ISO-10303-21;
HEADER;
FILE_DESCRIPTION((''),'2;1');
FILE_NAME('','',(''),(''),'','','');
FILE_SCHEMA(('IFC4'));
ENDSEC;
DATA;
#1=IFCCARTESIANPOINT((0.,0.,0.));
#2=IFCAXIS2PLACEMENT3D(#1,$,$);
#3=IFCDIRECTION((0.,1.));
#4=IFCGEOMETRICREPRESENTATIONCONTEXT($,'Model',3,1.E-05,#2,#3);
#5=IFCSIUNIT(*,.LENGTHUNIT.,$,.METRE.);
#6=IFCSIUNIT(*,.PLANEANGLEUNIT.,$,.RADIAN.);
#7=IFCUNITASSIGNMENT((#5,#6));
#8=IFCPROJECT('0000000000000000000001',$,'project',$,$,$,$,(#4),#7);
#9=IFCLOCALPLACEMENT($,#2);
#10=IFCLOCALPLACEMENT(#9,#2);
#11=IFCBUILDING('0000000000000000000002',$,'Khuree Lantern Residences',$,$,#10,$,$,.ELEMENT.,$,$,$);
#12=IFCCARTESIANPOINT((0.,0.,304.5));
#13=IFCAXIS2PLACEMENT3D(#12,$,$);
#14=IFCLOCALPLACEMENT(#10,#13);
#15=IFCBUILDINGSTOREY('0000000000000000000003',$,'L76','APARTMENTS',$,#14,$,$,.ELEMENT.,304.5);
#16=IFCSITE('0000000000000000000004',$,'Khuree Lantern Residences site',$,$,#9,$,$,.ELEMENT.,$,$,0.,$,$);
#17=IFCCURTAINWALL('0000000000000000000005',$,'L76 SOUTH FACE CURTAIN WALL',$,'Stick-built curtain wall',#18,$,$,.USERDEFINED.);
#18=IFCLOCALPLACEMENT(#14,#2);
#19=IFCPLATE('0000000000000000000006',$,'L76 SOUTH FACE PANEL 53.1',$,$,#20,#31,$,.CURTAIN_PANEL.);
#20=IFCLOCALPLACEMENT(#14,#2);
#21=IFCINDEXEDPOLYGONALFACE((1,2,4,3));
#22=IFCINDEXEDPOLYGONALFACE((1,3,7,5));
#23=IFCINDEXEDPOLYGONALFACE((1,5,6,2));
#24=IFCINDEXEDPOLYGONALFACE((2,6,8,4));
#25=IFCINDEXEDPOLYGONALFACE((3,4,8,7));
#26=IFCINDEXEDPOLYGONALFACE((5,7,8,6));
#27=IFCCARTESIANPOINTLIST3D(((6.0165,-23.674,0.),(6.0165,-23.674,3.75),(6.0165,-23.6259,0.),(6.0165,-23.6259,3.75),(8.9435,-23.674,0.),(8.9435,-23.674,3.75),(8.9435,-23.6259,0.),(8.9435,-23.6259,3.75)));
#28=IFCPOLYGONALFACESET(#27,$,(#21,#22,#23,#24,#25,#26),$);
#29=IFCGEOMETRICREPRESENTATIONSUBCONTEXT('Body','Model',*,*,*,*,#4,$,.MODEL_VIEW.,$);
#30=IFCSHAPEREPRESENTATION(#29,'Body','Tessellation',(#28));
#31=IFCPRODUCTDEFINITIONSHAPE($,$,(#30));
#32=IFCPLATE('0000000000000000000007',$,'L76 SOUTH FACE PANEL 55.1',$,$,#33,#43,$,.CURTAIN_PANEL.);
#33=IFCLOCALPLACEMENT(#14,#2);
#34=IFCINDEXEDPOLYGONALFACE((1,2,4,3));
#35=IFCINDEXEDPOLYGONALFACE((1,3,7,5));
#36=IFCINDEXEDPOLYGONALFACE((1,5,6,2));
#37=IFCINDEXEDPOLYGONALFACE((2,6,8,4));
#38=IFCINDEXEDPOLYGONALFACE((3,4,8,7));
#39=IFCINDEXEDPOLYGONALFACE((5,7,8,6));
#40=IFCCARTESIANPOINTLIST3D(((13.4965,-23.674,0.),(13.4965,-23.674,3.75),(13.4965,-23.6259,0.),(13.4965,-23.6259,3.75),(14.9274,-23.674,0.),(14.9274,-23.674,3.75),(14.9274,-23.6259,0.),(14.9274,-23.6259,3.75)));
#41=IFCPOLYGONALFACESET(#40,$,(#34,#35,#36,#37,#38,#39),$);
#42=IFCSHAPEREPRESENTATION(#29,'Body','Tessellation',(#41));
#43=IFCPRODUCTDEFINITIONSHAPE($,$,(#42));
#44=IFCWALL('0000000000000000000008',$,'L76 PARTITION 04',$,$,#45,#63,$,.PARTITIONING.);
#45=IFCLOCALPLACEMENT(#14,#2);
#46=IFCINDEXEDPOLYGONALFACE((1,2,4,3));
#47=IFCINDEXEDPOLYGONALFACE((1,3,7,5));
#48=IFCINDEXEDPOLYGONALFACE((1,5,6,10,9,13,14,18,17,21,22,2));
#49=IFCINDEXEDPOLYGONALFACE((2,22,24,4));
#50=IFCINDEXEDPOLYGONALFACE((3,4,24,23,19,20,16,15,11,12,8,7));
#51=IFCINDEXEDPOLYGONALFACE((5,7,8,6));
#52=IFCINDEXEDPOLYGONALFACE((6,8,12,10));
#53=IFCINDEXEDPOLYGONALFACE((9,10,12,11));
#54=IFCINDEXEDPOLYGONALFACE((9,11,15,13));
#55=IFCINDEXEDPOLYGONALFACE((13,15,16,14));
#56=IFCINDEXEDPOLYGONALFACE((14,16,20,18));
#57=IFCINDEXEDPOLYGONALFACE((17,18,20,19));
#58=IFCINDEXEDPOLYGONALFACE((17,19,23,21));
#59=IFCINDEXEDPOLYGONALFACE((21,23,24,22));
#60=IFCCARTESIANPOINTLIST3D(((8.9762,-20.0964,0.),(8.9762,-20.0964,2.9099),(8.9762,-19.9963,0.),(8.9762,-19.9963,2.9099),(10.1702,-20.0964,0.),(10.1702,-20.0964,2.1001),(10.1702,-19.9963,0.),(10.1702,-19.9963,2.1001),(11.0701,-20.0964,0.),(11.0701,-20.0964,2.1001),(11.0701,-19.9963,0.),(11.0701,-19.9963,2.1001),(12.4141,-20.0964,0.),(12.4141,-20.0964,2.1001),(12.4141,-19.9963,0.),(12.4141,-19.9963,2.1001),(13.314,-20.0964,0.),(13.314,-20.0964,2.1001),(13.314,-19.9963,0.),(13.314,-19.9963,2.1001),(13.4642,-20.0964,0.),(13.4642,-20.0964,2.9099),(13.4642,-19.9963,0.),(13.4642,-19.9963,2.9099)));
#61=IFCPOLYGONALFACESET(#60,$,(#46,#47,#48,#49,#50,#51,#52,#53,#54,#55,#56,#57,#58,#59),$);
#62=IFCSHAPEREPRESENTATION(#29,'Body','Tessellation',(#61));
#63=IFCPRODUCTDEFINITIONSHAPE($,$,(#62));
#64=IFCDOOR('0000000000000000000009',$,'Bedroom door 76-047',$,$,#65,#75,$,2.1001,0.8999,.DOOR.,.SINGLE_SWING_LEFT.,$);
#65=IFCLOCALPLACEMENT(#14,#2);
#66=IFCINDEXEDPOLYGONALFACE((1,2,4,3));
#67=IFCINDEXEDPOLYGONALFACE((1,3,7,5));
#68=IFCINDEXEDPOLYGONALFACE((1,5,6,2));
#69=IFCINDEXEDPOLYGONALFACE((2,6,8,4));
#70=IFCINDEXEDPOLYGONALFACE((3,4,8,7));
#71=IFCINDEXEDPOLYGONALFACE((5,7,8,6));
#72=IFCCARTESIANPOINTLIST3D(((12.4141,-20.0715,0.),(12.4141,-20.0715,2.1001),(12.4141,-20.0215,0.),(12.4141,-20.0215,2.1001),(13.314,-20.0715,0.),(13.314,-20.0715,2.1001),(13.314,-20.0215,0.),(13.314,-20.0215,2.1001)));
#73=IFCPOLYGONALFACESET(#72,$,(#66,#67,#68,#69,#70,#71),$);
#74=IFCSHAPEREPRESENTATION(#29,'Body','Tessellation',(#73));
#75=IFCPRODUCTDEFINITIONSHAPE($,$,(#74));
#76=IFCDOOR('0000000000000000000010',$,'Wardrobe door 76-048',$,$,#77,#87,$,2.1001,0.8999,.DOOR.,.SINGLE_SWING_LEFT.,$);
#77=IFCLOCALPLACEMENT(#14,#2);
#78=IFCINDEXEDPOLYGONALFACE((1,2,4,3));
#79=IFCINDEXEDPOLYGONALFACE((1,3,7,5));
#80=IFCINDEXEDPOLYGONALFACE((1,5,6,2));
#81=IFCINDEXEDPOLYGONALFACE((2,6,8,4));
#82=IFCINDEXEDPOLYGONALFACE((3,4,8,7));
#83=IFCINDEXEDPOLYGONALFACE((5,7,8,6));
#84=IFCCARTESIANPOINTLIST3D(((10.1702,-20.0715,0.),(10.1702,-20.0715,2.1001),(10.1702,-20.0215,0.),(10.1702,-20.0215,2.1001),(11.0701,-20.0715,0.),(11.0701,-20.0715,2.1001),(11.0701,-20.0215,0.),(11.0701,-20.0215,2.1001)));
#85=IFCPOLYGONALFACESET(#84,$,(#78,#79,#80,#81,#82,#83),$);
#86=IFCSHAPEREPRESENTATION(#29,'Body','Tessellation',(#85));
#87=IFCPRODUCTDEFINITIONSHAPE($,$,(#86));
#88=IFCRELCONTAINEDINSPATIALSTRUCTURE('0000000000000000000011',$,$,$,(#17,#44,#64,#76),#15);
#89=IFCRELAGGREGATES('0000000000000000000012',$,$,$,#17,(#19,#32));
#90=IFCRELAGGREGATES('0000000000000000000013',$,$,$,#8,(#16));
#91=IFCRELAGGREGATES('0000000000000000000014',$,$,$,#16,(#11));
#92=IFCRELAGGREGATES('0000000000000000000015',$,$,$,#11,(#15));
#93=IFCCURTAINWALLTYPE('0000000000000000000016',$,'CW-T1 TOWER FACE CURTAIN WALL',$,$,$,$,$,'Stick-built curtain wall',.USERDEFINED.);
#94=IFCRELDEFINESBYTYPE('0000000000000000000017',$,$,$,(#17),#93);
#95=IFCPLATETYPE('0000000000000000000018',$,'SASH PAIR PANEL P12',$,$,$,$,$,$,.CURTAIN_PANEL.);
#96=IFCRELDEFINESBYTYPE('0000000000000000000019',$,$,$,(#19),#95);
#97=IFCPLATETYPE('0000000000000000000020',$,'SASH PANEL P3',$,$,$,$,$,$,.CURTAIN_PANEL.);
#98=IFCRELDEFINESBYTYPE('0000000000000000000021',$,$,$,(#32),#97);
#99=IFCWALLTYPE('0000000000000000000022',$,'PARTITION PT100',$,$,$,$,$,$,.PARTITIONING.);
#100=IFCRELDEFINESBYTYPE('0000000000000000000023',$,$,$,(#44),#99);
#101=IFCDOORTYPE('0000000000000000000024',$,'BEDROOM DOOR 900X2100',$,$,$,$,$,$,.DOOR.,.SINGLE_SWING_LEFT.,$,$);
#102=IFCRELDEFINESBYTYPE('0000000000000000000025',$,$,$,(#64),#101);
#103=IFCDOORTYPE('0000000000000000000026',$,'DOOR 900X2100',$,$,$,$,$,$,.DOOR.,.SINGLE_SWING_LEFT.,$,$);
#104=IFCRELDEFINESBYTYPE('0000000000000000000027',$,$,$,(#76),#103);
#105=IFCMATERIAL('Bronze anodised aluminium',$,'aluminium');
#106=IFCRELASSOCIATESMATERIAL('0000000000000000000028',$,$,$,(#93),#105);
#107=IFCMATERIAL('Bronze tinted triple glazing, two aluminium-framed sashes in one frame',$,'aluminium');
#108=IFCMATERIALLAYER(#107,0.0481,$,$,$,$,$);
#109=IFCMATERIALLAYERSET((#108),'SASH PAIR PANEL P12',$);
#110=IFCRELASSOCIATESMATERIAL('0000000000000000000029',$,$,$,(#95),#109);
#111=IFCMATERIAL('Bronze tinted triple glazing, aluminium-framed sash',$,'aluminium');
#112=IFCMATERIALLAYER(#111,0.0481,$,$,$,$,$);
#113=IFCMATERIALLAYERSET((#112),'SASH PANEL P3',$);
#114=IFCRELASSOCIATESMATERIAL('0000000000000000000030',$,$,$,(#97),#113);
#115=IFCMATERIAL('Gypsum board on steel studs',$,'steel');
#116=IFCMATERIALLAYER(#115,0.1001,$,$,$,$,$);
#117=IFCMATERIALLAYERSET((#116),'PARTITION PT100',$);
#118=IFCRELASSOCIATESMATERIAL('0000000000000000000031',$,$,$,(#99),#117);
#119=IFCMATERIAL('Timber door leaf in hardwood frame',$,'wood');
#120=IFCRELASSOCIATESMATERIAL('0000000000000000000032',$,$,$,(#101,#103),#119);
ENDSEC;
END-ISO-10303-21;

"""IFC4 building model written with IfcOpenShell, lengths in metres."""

from ifc_helpers import new_model, si_unit, direction, frame, frame_2d, origin, origin_2d, place, context, subcontext, project, spatial, rectangle, extrude, material, layer, layer_set, type_object, element, fill, aggregate, save


model = new_model("IFC4")

# Units and contexts
model_context = context("Model", 3, precision=1e-05, world=origin(), true_north=direction((0.0, 1.0)))
body_context = subcontext(model_context, "Body", "Model", "MODEL_VIEW")
ifc_project = project(units=[si_unit("LENGTHUNIT", "METRE"), si_unit("PLANEANGLEUNIT", "RADIAN")], contexts=[model_context])

# Site, building, storey
site_placement = place(None, origin())
site = spatial("IfcSite", under=ifc_project, at=site_placement, Name="Khuree Lantern Residences site", CompositionType="ELEMENT", RefElevation=0.0)
building_placement = place(site_placement, origin())
building = spatial("IfcBuilding", under=site, at=building_placement, Name="Khuree Lantern Residences", CompositionType="ELEMENT")
storey_placement = place(building_placement, frame((0.0, 0.0, 304.5)))
storey = spatial("IfcBuildingStorey", under=building, at=storey_placement, Name="L76", Description="APARTMENTS", CompositionType="ELEMENT", Elevation=304.5)

# Curtain wall
ifc_material_1 = material(Name="Bronze anodised aluminium", Category="aluminium")
curtain_wall_type = type_object("IfcCurtainWallType", Name="CW-T1 TOWER FACE CURTAIN WALL", ElementType="Stick-built curtain wall", PredefinedType="USERDEFINED", material=ifc_material_1)
curtain_wall_placement = place(storey_placement, origin())
curtain_wall = element("IfcCurtainWall", 1, at=curtain_wall_placement, inside=storey, type_object=curtain_wall_type, Name="L76 SOUTH FACE CURTAIN WALL", ObjectType="Stick-built curtain wall", PredefinedType="USERDEFINED")

# Plates
ifc_material_2 = material(Name="Bronze tinted triple glazing, two aluminium-framed sashes in one frame", Category="aluminium")
ifc_layer_1 = layer(ifc_material_2, 0.0481)
ifc_layer_set_1 = layer_set([ifc_layer_1], Name="SASH PAIR PANEL P12")
plate_type_1 = type_object("IfcPlateType", Name="SASH PAIR PANEL P12", PredefinedType="CURTAIN_PANEL", material=ifc_layer_set_1)
plate_1_placement = place(storey_placement, frame((7.48, -23.6499, 0.0), z_axis=(0.0, 0.0, 1.0), x_axis=(1.0, 0.0, 0.0)))
plate_1 = element("IfcPlate", 2, at=plate_1_placement, type_object=plate_type_1, Name="L76 SOUTH FACE PANEL 53.1", PredefinedType="CURTAIN_PANEL", context=body_context, shape_type="SweptSolid", body=[
    extrude(rectangle(XDim=2.927, YDim=0.0481, at=origin_2d()), origin(), (0.0, 0.0, 1.0), 3.75),
])
ifc_material_3 = material(Name="Bronze tinted triple glazing, aluminium-framed sash", Category="aluminium")
ifc_layer_2 = layer(ifc_material_3, 0.0481)
ifc_layer_set_2 = layer_set([ifc_layer_2], Name="SASH PANEL P3")
plate_type_2 = type_object("IfcPlateType", Name="SASH PANEL P3", PredefinedType="CURTAIN_PANEL", material=ifc_layer_set_2)
plate_2_placement = place(storey_placement, frame((14.2119, -23.6499, 0.0), z_axis=(0.0, 0.0, 1.0), x_axis=(1.0, 0.0, 0.0)))
plate_2 = element("IfcPlate", 3, at=plate_2_placement, type_object=plate_type_2, Name="L76 SOUTH FACE PANEL 55.1", PredefinedType="CURTAIN_PANEL", context=body_context, shape_type="SweptSolid", body=[
    extrude(rectangle(XDim=1.4309, YDim=0.0481, at=origin_2d()), origin(), (0.0, 0.0, 1.0), 3.75),
])
aggregate(curtain_wall, [plate_1, plate_2])

# Wall, openings, doors
ifc_material_4 = material(Name="Gypsum board on steel studs", Category="steel")
ifc_layer_3 = layer(ifc_material_4, 0.1001)
ifc_layer_set_3 = layer_set([ifc_layer_3], Name="PARTITION PT100")
wall_type = type_object("IfcWallType", Name="PARTITION PT100", PredefinedType="PARTITIONING", material=ifc_layer_set_3)
wall_placement = place(storey_placement, frame((8.9761, -20.0464, 0.0), z_axis=(0.0, 0.0, 1.0), x_axis=(1.0, 0.0, 0.0)))
wall = element("IfcWall", 4, at=wall_placement, inside=storey, type_object=wall_type, Name="L76 PARTITION 04", PredefinedType="PARTITIONING", context=body_context, shape_type="SweptSolid", body=[
    extrude(rectangle(XDim=4.488, YDim=0.1001, at=frame_2d((2.2441, 0.0))), origin(), (0.0, 0.0, 1.0), 2.9099),
])
opening_1_placement = place(wall_placement, frame((3.438, 0.0, 0.0)))
opening_1 = element("IfcOpeningElement", 5, at=opening_1_placement, cuts=wall, PredefinedType="OPENING", context=body_context, shape_type="SweptSolid", body=[
    extrude(rectangle(XDim=0.8999, YDim=2.1001, at=frame_2d((0.45, 1.05))), frame((0.0, 0.0601, 0.0), z_axis=(0.0, -1.0, 0.0), x_axis=(1.0, 0.0, 0.0)), (0.0, 0.0, 1.0), 0.1201),
])
opening_2_placement = place(wall_placement, frame((1.1941, 0.0, 0.0)))
opening_2 = element("IfcOpeningElement", 6, at=opening_2_placement, cuts=wall, PredefinedType="OPENING", context=body_context, shape_type="SweptSolid", body=[
    extrude(rectangle(XDim=0.8999, YDim=2.1001, at=frame_2d((0.45, 1.05))), frame((0.0, 0.0601, 0.0), z_axis=(0.0, -1.0, 0.0), x_axis=(1.0, 0.0, 0.0)), (0.0, 0.0, 1.0), 0.1201),
])
ifc_material_5 = material(Name="Timber door leaf in hardwood frame", Category="wood")
door_type_1 = type_object("IfcDoorType", Name="BEDROOM DOOR 900X2100", OperationType="SINGLE_SWING_LEFT", PredefinedType="DOOR", material=ifc_material_5)
door_1_placement = place(opening_1_placement, origin())
door_1 = element("IfcDoor", 7, at=door_1_placement, inside=storey, type_object=door_type_1, Name="Bedroom door 76-047", OperationType="SINGLE_SWING_LEFT", OverallHeight=2.1001, OverallWidth=0.8999, PredefinedType="DOOR", context=body_context, shape_type="SweptSolid", body=[
    extrude(rectangle(XDim=0.8999, YDim=2.1001, at=frame_2d((0.45, 1.05))), frame((0.0, 0.0249, 0.0), z_axis=(0.0, -1.0, 0.0), x_axis=(1.0, 0.0, 0.0)), (0.0, 0.0, 1.0), 0.05),
])
fill(opening_1, door_1)
door_type_2 = type_object("IfcDoorType", Name="DOOR 900X2100", OperationType="SINGLE_SWING_LEFT", PredefinedType="DOOR", material=ifc_material_5)
door_2_placement = place(opening_2_placement, origin())
door_2 = element("IfcDoor", 8, at=door_2_placement, inside=storey, type_object=door_type_2, Name="Wardrobe door 76-048", OperationType="SINGLE_SWING_LEFT", OverallHeight=2.1001, OverallWidth=0.8999, PredefinedType="DOOR", context=body_context, shape_type="SweptSolid", body=[
    extrude(rectangle(XDim=0.8999, YDim=2.1001, at=frame_2d((0.45, 1.05))), frame((0.0, 0.0249, 0.0), z_axis=(0.0, -1.0, 0.0), x_axis=(1.0, 0.0, 0.0)), (0.0, 0.0, 1.0), 0.05),
])
fill(opening_2, door_2)

save(model, "model.ifc")
